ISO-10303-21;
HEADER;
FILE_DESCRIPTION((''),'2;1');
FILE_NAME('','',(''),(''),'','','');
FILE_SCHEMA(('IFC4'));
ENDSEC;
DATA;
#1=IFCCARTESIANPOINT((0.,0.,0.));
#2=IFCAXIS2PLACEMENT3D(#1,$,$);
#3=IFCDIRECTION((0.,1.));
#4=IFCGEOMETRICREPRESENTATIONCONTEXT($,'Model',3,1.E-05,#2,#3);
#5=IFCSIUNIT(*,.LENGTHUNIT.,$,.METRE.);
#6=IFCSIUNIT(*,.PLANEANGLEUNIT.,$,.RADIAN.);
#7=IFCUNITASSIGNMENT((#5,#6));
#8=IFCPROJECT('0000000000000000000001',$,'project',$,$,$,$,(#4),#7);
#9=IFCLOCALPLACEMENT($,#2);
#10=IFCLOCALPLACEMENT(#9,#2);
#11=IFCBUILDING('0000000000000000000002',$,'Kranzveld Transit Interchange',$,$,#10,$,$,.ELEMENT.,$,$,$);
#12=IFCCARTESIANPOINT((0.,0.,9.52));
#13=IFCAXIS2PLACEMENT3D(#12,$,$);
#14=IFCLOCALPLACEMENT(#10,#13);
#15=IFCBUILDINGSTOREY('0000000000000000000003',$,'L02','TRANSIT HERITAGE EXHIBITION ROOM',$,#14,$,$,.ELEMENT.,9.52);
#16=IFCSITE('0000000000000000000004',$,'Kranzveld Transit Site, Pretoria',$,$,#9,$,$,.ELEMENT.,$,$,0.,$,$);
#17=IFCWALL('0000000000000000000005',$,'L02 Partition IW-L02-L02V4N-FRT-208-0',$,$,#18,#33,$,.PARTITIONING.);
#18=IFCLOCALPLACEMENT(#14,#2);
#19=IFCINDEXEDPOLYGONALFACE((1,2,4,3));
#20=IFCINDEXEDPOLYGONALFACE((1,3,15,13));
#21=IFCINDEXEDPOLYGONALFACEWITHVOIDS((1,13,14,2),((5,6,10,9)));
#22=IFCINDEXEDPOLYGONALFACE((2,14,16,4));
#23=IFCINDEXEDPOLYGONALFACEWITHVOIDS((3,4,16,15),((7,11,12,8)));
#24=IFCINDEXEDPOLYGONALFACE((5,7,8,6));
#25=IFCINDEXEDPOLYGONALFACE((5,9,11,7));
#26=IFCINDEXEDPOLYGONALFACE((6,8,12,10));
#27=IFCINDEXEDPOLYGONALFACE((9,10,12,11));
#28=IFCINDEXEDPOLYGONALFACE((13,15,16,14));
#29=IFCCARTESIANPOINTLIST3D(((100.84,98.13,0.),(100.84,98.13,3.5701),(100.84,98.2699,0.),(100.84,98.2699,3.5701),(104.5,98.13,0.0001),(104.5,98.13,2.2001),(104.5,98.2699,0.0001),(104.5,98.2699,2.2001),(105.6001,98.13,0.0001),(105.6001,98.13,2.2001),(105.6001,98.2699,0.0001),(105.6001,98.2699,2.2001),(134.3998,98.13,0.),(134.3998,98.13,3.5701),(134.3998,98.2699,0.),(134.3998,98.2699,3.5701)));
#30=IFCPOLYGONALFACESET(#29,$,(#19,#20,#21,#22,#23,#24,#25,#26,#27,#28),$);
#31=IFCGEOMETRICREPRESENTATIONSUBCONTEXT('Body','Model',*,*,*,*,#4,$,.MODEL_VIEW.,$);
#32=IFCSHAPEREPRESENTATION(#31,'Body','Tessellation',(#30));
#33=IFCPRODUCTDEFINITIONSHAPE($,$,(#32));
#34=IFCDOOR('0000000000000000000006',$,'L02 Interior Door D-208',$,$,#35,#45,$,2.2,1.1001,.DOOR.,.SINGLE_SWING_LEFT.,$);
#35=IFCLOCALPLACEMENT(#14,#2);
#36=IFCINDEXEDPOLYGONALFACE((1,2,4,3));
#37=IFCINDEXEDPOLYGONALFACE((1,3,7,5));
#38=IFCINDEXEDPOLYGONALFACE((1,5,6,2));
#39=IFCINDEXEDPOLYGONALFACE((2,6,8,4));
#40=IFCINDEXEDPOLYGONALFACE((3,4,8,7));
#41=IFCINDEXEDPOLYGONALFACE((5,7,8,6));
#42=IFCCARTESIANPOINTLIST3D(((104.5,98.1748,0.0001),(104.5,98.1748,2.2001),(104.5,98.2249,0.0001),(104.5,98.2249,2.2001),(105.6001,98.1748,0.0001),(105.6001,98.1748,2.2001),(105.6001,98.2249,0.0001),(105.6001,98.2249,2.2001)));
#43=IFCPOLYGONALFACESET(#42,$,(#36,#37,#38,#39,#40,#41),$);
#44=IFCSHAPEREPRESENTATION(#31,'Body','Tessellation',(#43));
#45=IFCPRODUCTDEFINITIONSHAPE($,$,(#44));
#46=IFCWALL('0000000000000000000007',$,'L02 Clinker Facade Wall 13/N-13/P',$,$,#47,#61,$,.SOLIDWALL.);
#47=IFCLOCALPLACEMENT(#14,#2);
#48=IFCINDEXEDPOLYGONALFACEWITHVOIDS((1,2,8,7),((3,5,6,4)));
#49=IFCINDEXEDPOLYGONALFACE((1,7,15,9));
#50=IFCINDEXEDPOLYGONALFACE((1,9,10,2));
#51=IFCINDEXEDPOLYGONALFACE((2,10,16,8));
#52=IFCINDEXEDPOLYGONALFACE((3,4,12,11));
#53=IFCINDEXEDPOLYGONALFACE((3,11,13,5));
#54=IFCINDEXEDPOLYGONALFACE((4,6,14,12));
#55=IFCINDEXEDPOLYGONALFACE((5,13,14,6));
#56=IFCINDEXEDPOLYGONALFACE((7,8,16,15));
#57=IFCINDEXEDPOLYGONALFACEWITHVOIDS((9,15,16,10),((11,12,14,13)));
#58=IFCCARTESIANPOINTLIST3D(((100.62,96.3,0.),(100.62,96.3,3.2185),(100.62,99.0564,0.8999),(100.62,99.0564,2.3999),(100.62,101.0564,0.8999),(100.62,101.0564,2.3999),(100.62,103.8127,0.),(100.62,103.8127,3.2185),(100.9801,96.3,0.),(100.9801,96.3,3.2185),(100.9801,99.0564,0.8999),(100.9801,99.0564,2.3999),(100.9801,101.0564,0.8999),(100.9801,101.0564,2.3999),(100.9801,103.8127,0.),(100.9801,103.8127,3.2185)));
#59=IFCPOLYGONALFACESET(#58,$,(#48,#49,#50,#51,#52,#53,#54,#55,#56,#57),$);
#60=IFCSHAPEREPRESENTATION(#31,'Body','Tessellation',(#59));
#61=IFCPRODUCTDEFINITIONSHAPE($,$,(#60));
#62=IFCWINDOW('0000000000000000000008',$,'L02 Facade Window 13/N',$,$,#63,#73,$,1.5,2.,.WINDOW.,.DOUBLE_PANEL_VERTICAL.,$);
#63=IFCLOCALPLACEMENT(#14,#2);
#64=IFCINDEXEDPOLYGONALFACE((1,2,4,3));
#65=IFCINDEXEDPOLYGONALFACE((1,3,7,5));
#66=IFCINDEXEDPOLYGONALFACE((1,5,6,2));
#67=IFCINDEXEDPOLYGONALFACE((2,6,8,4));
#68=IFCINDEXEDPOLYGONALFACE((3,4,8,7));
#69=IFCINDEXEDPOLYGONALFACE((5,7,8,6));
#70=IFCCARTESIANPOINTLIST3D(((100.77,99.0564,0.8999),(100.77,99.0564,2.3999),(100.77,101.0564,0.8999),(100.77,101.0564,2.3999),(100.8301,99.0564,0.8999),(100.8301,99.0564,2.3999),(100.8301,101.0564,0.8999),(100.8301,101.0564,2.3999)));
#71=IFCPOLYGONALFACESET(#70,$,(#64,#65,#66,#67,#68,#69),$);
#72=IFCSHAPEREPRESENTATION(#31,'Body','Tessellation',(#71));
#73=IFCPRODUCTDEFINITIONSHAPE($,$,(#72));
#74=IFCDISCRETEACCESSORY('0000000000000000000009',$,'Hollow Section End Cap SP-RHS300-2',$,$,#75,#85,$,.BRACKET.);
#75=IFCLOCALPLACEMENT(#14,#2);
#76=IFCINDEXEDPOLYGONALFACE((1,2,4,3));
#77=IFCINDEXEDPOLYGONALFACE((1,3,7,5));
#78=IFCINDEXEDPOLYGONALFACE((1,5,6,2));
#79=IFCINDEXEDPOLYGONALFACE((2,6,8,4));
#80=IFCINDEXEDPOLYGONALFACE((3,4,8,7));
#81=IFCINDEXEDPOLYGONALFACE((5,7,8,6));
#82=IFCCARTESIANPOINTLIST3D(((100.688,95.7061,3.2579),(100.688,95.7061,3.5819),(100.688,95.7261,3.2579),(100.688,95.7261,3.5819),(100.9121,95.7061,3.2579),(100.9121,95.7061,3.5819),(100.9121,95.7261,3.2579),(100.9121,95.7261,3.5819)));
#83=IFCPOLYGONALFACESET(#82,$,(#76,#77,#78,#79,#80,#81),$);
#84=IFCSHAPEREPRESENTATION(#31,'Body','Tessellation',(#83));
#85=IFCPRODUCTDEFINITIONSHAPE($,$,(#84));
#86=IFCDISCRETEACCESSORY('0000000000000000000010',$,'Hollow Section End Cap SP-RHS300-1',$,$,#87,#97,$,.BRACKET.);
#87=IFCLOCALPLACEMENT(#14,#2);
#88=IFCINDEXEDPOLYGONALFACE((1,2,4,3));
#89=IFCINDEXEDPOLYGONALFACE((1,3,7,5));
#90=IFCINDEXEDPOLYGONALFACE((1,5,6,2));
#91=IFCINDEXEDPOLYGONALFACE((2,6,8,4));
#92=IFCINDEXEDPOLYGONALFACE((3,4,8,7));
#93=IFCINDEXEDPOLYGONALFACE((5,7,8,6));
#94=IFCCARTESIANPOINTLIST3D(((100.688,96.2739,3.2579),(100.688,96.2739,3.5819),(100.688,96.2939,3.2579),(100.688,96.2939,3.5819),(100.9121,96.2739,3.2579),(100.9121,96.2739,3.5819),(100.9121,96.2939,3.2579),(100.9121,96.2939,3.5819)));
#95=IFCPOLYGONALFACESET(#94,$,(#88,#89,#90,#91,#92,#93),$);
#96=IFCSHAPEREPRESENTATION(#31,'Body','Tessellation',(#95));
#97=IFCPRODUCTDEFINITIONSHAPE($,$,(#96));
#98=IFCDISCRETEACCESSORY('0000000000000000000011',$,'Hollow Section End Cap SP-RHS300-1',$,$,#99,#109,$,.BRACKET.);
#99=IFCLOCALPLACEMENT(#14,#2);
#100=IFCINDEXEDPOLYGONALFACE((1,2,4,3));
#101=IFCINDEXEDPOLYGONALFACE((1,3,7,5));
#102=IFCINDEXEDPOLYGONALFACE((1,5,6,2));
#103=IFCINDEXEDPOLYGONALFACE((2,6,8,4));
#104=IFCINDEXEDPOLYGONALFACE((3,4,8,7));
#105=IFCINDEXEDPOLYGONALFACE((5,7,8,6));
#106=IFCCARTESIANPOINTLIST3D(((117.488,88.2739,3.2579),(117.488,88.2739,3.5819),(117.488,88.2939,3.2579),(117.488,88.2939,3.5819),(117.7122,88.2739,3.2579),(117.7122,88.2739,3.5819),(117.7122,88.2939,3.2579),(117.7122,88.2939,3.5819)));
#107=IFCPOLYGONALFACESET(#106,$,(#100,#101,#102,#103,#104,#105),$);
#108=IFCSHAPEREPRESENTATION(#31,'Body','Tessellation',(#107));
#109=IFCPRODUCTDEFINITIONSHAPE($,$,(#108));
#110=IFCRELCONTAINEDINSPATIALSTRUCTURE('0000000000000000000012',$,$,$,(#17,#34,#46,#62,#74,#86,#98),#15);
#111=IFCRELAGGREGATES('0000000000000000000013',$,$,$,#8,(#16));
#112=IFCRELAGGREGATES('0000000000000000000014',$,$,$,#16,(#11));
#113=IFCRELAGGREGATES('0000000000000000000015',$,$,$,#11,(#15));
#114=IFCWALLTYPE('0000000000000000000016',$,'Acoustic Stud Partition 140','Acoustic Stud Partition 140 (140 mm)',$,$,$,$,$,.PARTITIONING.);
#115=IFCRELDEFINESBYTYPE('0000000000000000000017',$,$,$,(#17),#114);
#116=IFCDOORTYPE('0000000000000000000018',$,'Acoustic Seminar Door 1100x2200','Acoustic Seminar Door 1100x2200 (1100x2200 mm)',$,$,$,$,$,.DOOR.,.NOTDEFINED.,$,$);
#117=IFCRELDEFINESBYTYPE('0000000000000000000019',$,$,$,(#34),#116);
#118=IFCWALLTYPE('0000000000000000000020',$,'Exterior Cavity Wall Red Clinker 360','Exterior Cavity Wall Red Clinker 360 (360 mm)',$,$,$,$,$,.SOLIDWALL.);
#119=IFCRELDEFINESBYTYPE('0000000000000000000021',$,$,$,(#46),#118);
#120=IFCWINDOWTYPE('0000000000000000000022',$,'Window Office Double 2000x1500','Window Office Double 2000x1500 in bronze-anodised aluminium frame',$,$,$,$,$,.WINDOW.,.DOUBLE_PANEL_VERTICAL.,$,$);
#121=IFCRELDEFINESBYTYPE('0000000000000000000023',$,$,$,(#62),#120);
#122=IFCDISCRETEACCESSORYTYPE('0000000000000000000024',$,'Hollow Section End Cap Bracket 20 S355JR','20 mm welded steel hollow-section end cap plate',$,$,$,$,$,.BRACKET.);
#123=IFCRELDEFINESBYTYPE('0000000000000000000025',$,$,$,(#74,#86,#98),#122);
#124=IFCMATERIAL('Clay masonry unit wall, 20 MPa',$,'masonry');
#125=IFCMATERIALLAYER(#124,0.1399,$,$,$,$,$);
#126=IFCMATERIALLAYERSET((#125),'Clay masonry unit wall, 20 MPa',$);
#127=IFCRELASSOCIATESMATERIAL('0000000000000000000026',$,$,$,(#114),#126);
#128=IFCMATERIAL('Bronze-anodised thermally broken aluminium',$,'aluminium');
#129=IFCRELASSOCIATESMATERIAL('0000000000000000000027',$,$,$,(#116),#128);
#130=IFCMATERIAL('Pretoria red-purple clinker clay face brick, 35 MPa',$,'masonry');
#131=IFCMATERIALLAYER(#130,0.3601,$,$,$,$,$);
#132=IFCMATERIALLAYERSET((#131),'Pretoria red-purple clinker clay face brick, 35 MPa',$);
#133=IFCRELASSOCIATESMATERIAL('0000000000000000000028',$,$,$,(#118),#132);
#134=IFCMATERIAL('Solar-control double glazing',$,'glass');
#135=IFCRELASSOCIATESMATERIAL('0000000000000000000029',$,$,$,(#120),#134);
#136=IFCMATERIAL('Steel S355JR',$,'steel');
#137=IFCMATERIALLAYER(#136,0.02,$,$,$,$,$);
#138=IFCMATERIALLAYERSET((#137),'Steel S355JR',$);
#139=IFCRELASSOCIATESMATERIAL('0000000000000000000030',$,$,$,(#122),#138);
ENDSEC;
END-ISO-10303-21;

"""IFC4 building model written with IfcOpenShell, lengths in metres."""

from ifc_helpers import new_model, si_unit, direction, frame, frame_2d, origin, origin_2d, place, context, subcontext, project, spatial, rectangle, extrude, material, layer, layer_set, type_object, element, fill, save


model = new_model("IFC4")

# Units and contexts
model_context = context("Model", 3, precision=1e-05, world=origin(), true_north=direction((0.0, 1.0)))
body_context = subcontext(model_context, "Body", "Model", "MODEL_VIEW")
ifc_project = project(units=[si_unit("LENGTHUNIT", "METRE"), si_unit("PLANEANGLEUNIT", "RADIAN")], contexts=[model_context])

# Site, building, storey
site_placement = place(None, origin())
site = spatial("IfcSite", under=ifc_project, at=site_placement, Name="Kranzveld Transit Site, Pretoria", CompositionType="ELEMENT", RefElevation=0.0)
building_placement = place(site_placement, origin())
building = spatial("IfcBuilding", under=site, at=building_placement, Name="Kranzveld Transit Interchange", CompositionType="ELEMENT")
storey_placement = place(building_placement, frame((0.0, 0.0, 9.52)))
storey = spatial("IfcBuildingStorey", under=building, at=storey_placement, Name="L02", Description="TRANSIT HERITAGE EXHIBITION ROOM", CompositionType="ELEMENT", Elevation=9.52)

# Wall, opening, door
ifc_material_1 = material(Name="Clay masonry unit wall, 20 MPa", Category="masonry")
ifc_layer_1 = layer(ifc_material_1, 0.1399)
ifc_layer_set_1 = layer_set([ifc_layer_1], Name="Clay masonry unit wall, 20 MPa")
wall_type_1 = type_object("IfcWallType", Name="Acoustic Stud Partition 140", Description="Acoustic Stud Partition 140 (140 mm)", PredefinedType="PARTITIONING", material=ifc_layer_set_1)
wall_1_placement = place(storey_placement, frame((100.8401, 98.2, 0.0), z_axis=(0.0, 0.0, 1.0), x_axis=(1.0, 0.0, 0.0)))
wall_1 = element("IfcWall", 1, at=wall_1_placement, inside=storey, type_object=wall_type_1, Name="L02 Partition IW-L02-L02V4N-FRT-208-0", PredefinedType="PARTITIONING", context=body_context, shape_type="SweptSolid", body=[
    extrude(rectangle(XDim=33.5598, YDim=0.1399, at=frame_2d((16.7798, 0.0))), origin(), (0.0, 0.0, 1.0), 3.5701),
])
opening_1_placement = place(wall_1_placement, frame((3.6599, 0.0, 0.0), z_axis=(0.0, 0.0, 1.0), x_axis=(1.0, 0.0, 0.0)))
opening_1 = element("IfcOpeningElement", 2, at=opening_1_placement, cuts=wall_1, PredefinedType="OPENING", context=body_context, shape_type="SweptSolid", body=[
    extrude(rectangle(XDim=1.1001, YDim=2.2, at=frame_2d((0.55, 1.1001))), frame((0.0, 0.0798, 0.0), z_axis=(0.0, -1.0, 0.0), x_axis=(1.0, 0.0, 0.0)), (0.0, 0.0, 1.0), 0.1599),
])
ifc_material_2 = material(Name="Bronze-anodised thermally broken aluminium", Category="aluminium")
door_type = type_object("IfcDoorType", Name="Acoustic Seminar Door 1100x2200", Description="Acoustic Seminar Door 1100x2200 (1100x2200 mm)", OperationType="NOTDEFINED", PredefinedType="DOOR", material=ifc_material_2)
door_placement = place(opening_1_placement, origin())
door = element("IfcDoor", 3, at=door_placement, inside=storey, type_object=door_type, Name="L02 Interior Door D-208", OperationType="SINGLE_SWING_LEFT", OverallHeight=2.2, OverallWidth=1.1001, PredefinedType="DOOR", context=body_context, shape_type="SweptSolid", body=[
    extrude(rectangle(XDim=1.1001, YDim=2.2, at=frame_2d((0.55, 1.1001))), frame((0.0, 0.0249, 0.0), z_axis=(0.0, -1.0, 0.0), x_axis=(1.0, 0.0, 0.0)), (0.0, 0.0, 1.0), 0.05),
])
fill(opening_1, door)

# Wall, opening, window
ifc_material_3 = material(Name="Pretoria red-purple clinker clay face brick, 35 MPa", Category="masonry")
ifc_layer_2 = layer(ifc_material_3, 0.3601)
ifc_layer_set_2 = layer_set([ifc_layer_2], Name="Pretoria red-purple clinker clay face brick, 35 MPa")
wall_type_2 = type_object("IfcWallType", Name="Exterior Cavity Wall Red Clinker 360", Description="Exterior Cavity Wall Red Clinker 360 (360 mm)", PredefinedType="SOLIDWALL", material=ifc_layer_set_2)
wall_2_placement = place(storey_placement, frame((100.8, 96.3, 0.0), z_axis=(0.0, 0.0, 1.0), x_axis=(0.0, 1.0, 0.0)))
wall_2 = element("IfcWall", 4, at=wall_2_placement, inside=storey, type_object=wall_type_2, Name="L02 Clinker Facade Wall 13/N-13/P", PredefinedType="SOLIDWALL", context=body_context, shape_type="SweptSolid", body=[
    extrude(rectangle(XDim=7.5127, YDim=0.3601, at=frame_2d((3.7563, 0.0))), origin(), (0.0, 0.0, 1.0), 3.2185),
])
opening_2_placement = place(wall_2_placement, frame((2.7563, 0.0, 0.8999), z_axis=(0.0, 0.0, 1.0), x_axis=(1.0, 0.0, 0.0)))
opening_2 = element("IfcOpeningElement", 5, at=opening_2_placement, cuts=wall_2, PredefinedType="OPENING", context=body_context, shape_type="SweptSolid", body=[
    extrude(rectangle(XDim=2.0, YDim=1.5, at=frame_2d((1.0, 0.75))), frame((0.0, 0.1899, 0.0), z_axis=(0.0, -1.0, 0.0), x_axis=(1.0, 0.0, 0.0)), (0.0, 0.0, 1.0), 0.3801),
])
ifc_material_4 = material(Name="Solar-control double glazing", Category="glass")
window_type = type_object("IfcWindowType", Name="Window Office Double 2000x1500", Description="Window Office Double 2000x1500 in bronze-anodised aluminium frame", PartitioningType="DOUBLE_PANEL_VERTICAL", PredefinedType="WINDOW", material=ifc_material_4)
window_placement = place(opening_2_placement, origin())
window = element("IfcWindow", 6, at=window_placement, inside=storey, type_object=window_type, Name="L02 Facade Window 13/N", OverallHeight=1.5, OverallWidth=2.0, PartitioningType="DOUBLE_PANEL_VERTICAL", PredefinedType="WINDOW", context=body_context, shape_type="SweptSolid", body=[
    extrude(rectangle(XDim=2.0, YDim=1.5, at=frame_2d((1.0, 0.75))), frame((0.0, 0.03, 0.0), z_axis=(0.0, -1.0, 0.0), x_axis=(1.0, 0.0, 0.0)), (0.0, 0.0, 1.0), 0.0601),
])
fill(opening_2, window)

# Discrete accessories
ifc_material_5 = material(Name="Steel S355JR", Category="steel")
ifc_layer_3 = layer(ifc_material_5, 0.02)
ifc_layer_set_3 = layer_set([ifc_layer_3], Name="Steel S355JR")
discrete_accessory_type = type_object("IfcDiscreteAccessoryType", Name="Hollow Section End Cap Bracket 20 S355JR", Description="20 mm welded steel hollow-section end cap plate", PredefinedType="BRACKET", material=ifc_layer_set_3)
for number, where, z_axis, x_axis, name in (
    (7, (100.8, 95.7061, 3.4199), (0.0, 1.0, 0.0), (-1.0, 0.0, 0.0), "Hollow Section End Cap SP-RHS300-2"),
    (8, (100.8, 96.2939, 3.4199), (0.0, -1.0, 0.0), (1.0, 0.0, 0.0), "Hollow Section End Cap SP-RHS300-1"),
    (9, (117.6001, 88.2939, 3.4199), (0.0, -1.0, 0.0), (1.0, 0.0, 0.0), "Hollow Section End Cap SP-RHS300-1"),
):
    element("IfcDiscreteAccessory", number, at=place(storey_placement, frame(where, z_axis=z_axis, x_axis=x_axis)), inside=storey, type_object=discrete_accessory_type, Name=name, PredefinedType="BRACKET", context=body_context, shape_type="SweptSolid", body=[
        extrude(rectangle(XDim=0.2241, YDim=0.324, at=origin_2d()), origin(), (0.0, 0.0, 1.0), 0.02),
    ])

save(model, "model.ifc")
